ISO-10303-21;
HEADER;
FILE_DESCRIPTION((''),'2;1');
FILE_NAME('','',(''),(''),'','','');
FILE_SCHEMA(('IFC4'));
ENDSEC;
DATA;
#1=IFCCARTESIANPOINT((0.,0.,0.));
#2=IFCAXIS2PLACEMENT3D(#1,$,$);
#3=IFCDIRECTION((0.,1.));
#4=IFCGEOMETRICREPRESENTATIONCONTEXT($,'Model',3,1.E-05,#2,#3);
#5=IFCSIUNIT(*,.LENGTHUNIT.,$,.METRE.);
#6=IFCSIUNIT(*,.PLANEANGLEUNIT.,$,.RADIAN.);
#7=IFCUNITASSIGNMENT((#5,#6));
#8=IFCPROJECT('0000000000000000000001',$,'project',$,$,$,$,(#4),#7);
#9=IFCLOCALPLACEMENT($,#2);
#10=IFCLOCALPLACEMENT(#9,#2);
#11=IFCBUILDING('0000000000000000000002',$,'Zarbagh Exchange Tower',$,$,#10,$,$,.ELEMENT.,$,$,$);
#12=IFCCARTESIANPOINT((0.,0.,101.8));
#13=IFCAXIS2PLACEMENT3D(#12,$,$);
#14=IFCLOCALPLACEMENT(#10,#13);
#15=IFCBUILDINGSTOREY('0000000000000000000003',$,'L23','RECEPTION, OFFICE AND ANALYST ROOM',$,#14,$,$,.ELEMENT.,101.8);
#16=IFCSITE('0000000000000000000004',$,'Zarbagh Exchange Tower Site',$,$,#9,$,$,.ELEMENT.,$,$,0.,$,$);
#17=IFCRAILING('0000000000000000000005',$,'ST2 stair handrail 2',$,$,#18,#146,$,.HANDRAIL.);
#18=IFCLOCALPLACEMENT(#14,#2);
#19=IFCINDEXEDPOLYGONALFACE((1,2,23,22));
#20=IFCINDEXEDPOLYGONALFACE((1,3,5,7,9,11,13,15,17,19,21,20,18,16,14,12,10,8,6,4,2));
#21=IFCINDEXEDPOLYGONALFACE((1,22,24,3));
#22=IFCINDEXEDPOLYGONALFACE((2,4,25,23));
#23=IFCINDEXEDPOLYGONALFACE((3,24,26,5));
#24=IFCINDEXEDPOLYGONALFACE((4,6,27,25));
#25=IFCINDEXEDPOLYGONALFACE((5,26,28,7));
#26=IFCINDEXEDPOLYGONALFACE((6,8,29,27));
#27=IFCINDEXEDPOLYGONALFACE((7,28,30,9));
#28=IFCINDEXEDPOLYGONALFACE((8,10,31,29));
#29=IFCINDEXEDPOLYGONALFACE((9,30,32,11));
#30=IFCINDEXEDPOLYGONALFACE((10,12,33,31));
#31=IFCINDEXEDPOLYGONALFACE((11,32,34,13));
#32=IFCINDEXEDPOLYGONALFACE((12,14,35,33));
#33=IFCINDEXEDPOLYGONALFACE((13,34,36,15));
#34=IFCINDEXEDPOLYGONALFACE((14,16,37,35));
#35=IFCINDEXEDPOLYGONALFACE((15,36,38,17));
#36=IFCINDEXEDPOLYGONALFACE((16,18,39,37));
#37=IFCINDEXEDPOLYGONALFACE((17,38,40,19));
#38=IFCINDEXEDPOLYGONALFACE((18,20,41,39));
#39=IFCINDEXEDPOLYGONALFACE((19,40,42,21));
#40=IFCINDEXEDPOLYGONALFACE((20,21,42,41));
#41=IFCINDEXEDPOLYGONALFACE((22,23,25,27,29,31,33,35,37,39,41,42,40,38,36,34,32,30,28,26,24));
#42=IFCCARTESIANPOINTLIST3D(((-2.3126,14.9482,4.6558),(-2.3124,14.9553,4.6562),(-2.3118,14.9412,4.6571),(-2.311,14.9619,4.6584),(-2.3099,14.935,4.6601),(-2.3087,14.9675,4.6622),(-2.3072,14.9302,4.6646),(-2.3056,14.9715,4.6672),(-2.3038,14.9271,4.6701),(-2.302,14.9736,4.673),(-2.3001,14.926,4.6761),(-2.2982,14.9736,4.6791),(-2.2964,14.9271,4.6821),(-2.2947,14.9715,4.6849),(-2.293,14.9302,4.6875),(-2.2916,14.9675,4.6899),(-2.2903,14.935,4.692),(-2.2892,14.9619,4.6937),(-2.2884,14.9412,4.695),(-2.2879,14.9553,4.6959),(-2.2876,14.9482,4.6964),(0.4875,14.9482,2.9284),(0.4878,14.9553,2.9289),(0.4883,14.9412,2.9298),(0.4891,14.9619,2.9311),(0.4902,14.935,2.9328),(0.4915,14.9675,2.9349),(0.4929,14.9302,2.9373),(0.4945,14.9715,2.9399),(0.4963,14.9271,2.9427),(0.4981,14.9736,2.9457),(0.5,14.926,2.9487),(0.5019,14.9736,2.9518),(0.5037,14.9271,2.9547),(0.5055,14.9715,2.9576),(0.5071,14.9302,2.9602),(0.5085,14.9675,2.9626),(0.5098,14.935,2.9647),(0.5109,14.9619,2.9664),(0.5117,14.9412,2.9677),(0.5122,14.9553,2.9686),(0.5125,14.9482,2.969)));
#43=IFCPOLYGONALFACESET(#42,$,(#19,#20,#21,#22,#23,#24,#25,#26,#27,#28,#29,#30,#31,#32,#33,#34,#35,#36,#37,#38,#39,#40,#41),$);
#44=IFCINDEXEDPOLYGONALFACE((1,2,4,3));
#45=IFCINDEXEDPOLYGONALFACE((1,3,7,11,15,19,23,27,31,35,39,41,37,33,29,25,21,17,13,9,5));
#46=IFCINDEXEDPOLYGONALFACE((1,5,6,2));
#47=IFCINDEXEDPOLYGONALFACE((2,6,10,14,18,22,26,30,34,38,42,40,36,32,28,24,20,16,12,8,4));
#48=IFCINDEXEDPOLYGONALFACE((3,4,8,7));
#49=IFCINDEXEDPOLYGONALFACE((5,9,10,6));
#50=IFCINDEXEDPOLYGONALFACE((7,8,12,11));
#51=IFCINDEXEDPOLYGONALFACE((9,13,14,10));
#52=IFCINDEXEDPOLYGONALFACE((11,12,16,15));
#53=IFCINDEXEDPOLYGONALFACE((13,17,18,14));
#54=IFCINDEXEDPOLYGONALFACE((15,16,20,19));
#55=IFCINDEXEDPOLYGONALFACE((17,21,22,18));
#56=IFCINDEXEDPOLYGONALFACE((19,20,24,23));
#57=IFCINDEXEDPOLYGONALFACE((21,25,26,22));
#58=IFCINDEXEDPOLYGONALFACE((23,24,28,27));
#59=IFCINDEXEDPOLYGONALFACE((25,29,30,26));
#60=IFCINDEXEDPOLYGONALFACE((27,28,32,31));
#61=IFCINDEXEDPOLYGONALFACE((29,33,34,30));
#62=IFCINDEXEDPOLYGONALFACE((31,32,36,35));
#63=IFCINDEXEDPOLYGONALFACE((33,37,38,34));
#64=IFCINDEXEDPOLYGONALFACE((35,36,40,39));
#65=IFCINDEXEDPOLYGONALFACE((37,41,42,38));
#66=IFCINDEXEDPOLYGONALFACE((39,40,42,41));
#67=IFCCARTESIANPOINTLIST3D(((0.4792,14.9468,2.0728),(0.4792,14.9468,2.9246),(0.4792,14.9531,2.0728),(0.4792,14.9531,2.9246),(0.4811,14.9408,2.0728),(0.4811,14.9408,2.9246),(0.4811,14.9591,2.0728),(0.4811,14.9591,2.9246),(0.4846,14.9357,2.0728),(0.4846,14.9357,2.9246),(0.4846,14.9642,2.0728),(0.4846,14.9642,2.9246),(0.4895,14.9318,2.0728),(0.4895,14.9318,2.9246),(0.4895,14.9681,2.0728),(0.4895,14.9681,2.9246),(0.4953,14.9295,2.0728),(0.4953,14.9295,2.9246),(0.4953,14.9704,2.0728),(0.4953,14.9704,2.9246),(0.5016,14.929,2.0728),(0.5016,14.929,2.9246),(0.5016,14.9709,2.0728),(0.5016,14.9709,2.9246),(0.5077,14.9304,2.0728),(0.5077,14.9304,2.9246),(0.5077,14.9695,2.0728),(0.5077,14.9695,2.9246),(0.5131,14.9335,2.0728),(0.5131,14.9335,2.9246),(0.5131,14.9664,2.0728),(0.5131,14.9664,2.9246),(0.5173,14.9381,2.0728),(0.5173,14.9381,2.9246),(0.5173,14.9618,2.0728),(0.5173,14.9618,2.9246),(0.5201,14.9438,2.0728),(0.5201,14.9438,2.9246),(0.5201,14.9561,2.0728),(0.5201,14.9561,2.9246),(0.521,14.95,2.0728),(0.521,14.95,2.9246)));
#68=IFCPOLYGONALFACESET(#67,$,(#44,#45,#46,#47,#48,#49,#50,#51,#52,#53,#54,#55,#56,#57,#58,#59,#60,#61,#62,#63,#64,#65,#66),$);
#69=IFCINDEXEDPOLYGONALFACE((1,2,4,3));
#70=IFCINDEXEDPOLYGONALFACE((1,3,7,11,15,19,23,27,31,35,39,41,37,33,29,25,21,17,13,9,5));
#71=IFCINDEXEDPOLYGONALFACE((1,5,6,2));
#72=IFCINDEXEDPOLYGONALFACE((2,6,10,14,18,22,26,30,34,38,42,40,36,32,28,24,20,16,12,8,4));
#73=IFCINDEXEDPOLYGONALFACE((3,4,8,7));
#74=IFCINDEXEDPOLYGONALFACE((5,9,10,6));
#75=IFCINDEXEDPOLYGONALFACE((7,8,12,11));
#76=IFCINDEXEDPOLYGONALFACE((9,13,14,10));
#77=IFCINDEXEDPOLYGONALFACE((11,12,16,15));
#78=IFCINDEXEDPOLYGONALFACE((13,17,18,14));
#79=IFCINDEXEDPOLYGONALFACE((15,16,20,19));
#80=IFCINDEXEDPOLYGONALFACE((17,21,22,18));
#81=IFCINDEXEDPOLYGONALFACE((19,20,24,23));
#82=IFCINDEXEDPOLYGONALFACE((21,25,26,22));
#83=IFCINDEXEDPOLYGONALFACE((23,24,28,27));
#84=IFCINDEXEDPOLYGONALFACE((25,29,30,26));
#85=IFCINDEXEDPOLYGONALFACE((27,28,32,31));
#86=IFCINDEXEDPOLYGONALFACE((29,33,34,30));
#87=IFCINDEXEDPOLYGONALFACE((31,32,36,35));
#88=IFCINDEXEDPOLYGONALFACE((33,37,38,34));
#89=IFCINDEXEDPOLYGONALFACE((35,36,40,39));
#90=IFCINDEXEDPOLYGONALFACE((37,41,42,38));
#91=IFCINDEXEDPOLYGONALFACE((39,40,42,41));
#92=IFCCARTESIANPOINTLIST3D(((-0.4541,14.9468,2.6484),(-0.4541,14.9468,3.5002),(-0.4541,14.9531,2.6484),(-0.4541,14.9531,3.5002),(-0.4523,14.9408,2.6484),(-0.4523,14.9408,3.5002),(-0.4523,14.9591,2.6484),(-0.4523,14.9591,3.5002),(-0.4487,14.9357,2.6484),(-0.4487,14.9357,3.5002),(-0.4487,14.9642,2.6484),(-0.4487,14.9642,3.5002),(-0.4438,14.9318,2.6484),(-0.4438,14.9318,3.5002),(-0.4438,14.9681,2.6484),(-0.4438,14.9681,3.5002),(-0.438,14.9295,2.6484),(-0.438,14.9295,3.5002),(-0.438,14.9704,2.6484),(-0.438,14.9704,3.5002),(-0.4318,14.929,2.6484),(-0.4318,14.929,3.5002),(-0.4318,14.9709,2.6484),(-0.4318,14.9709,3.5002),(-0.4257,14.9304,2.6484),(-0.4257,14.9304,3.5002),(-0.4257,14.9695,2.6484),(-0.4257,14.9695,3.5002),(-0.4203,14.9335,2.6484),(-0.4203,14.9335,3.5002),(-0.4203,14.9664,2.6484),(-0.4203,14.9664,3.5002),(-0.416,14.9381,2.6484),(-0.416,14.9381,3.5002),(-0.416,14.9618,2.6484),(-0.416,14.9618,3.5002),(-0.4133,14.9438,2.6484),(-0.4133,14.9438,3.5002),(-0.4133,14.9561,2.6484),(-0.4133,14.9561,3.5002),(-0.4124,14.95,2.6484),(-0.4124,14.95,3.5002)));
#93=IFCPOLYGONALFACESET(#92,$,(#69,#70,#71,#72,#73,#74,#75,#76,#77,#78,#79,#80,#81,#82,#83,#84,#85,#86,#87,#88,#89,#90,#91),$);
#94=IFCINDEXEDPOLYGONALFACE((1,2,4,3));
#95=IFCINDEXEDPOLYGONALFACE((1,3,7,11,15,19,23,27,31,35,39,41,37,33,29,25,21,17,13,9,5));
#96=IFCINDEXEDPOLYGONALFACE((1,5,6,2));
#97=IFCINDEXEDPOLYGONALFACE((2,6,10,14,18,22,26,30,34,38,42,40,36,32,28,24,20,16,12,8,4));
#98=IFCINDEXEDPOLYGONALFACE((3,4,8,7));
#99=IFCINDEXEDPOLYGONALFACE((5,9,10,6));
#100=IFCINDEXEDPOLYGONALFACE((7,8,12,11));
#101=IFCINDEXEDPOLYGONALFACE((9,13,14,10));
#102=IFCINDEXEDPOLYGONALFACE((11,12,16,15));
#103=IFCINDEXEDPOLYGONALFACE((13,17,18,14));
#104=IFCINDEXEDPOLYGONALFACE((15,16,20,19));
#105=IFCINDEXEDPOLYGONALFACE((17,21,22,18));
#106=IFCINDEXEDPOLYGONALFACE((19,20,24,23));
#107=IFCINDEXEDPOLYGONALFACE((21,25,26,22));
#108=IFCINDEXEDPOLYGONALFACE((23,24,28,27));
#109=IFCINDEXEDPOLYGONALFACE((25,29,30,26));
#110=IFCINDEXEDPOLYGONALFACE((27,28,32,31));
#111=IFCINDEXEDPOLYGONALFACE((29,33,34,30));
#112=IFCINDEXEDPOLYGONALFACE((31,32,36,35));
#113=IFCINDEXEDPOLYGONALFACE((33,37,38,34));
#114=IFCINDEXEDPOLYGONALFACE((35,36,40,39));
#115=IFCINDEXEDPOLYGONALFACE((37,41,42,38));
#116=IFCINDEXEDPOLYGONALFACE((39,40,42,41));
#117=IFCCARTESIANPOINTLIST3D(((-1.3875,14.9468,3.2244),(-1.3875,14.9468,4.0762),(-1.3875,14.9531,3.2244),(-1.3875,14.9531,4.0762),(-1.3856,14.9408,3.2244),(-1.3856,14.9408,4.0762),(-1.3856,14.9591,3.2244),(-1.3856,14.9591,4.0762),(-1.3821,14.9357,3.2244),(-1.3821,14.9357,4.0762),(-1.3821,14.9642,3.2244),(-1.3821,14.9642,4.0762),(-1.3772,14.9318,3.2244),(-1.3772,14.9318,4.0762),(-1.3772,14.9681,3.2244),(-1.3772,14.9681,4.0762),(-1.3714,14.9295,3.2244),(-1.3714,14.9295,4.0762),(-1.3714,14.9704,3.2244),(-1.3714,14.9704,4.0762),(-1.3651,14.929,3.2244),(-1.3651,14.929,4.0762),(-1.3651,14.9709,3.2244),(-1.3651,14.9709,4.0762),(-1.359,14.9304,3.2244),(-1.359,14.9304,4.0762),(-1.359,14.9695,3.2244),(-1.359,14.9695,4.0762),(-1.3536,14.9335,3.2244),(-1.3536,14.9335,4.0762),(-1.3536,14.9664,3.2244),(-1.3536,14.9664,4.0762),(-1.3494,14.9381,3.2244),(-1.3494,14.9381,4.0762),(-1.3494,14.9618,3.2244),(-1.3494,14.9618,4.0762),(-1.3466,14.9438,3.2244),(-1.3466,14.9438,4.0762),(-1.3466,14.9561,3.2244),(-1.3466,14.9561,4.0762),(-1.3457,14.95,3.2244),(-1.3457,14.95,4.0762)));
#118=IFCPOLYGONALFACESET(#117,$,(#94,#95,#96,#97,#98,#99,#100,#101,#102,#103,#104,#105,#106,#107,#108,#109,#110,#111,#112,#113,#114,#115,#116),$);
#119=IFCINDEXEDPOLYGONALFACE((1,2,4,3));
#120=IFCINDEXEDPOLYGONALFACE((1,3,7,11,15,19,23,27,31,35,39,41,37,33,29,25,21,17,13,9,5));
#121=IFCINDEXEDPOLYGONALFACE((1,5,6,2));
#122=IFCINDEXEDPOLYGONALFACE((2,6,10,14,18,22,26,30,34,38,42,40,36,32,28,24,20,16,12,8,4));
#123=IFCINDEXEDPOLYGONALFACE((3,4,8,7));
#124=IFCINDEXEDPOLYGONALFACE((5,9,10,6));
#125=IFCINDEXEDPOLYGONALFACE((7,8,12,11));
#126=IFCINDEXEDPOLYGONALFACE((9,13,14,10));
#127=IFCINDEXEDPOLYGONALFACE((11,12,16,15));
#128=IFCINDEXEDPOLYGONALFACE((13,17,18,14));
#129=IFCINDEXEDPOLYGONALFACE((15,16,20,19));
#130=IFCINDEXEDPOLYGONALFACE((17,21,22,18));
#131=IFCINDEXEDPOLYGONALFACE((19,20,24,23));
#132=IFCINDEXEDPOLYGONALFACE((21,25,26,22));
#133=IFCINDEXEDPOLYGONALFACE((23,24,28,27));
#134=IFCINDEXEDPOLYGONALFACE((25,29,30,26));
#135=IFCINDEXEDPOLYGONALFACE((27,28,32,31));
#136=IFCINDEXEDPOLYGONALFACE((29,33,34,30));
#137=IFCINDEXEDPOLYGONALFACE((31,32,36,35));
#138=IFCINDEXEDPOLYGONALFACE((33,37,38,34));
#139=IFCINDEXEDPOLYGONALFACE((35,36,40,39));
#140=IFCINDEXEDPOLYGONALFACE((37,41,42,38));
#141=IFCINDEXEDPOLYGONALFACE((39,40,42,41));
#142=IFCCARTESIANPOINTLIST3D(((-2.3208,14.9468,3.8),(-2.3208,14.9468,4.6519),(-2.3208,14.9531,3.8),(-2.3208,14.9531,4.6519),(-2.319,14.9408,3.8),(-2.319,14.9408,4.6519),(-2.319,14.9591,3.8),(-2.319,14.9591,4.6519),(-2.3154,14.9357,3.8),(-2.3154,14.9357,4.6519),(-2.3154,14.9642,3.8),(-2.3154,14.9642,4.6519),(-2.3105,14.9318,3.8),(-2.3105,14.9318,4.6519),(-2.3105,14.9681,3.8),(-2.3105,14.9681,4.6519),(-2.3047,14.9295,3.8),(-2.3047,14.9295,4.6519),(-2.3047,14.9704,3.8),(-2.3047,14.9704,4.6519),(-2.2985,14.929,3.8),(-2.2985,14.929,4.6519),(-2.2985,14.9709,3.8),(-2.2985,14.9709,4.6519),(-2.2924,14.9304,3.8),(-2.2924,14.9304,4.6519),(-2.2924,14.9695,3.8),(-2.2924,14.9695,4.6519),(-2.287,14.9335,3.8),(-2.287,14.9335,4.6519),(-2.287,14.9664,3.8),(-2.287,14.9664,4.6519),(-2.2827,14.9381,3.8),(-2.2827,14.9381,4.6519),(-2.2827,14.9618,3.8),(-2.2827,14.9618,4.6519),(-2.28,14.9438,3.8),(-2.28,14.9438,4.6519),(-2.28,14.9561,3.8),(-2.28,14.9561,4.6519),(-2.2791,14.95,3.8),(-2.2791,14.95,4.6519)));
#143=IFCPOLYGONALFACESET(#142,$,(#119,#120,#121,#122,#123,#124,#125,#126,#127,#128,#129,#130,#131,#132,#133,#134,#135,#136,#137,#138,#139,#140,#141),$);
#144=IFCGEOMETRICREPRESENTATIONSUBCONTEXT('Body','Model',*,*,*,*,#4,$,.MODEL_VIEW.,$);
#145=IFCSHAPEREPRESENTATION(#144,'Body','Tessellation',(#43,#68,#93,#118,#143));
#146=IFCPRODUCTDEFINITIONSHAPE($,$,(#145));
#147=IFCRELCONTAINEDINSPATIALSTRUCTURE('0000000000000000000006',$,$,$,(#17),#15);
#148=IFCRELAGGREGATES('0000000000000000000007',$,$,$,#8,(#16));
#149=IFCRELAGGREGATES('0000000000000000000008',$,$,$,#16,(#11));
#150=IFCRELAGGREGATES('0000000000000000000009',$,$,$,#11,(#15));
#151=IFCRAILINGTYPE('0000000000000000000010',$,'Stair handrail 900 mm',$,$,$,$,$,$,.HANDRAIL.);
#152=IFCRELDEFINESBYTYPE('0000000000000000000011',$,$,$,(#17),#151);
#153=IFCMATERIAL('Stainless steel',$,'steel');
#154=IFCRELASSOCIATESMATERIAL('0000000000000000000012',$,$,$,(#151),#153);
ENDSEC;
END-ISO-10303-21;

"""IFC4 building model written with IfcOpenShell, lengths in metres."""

from ifc_helpers import new_model, si_unit, direction, frame, origin, origin_2d, place, context, subcontext, project, spatial, circle, extrude, material, type_object, element, save


model = new_model("IFC4")

# Units and contexts
model_context = context("Model", 3, precision=1e-05, world=origin(), true_north=direction((0.0, 1.0)))
body_context = subcontext(model_context, "Body", "Model", "MODEL_VIEW")
ifc_project = project(units=[si_unit("LENGTHUNIT", "METRE"), si_unit("PLANEANGLEUNIT", "RADIAN")], contexts=[model_context])

# Site, building, storey
site_placement = place(None, origin())
site = spatial("IfcSite", under=ifc_project, at=site_placement, Name="Zarbagh Exchange Tower Site", CompositionType="ELEMENT", RefElevation=0.0)
building_placement = place(site_placement, origin())
building = spatial("IfcBuilding", under=site, at=building_placement, Name="Zarbagh Exchange Tower", CompositionType="ELEMENT")
storey_placement = place(building_placement, frame((0.0, 0.0, 101.8)))
storey = spatial("IfcBuildingStorey", under=building, at=storey_placement, Name="L23", Description="RECEPTION, OFFICE AND ANALYST ROOM", CompositionType="ELEMENT", Elevation=101.8)

# Shared definitions
ifc_material_1 = material(Name="Stainless steel", Category="steel")

# Railing
railing_type = type_object("IfcRailingType", Name="Stair handrail 900 mm", PredefinedType="HANDRAIL", material=ifc_material_1)
for number, where, name in (
    (1, (0.5, 14.95, 2.0728), "ST2 stair handrail 2"),
):
    element("IfcRailing", number, at=place(storey_placement, frame(where)), inside=storey, type_object=railing_type, Name=name, PredefinedType="HANDRAIL", context=body_context, shape_type="SweptSolid", body=[
        extrude(circle(Radius=0.0239, at=origin_2d()), frame((0.0, 0.0, 0.876), z_axis=(-0.85109, 0.0, 0.52502), x_axis=(0.0, -1.0, 0.0)), (0.0, 0.0, 1.0), 3.29),
        extrude(circle(Radius=0.021, at=origin_2d()), origin(), (0.0, 0.0, 1.0), 0.8518),
        extrude(circle(Radius=0.021, at=origin_2d()), frame((-0.9333, 0.0, 0.5757)), (0.0, 0.0, 1.0), 0.8518),
        extrude(circle(Radius=0.021, at=origin_2d()), frame((-1.8667, 0.0, 1.1516)), (0.0, 0.0, 1.0), 0.8518),
        extrude(circle(Radius=0.021, at=origin_2d()), frame((-2.8, 0.0, 1.7273)), (0.0, 0.0, 1.0), 0.8518),
    ])

save(model, "model.ifc")
